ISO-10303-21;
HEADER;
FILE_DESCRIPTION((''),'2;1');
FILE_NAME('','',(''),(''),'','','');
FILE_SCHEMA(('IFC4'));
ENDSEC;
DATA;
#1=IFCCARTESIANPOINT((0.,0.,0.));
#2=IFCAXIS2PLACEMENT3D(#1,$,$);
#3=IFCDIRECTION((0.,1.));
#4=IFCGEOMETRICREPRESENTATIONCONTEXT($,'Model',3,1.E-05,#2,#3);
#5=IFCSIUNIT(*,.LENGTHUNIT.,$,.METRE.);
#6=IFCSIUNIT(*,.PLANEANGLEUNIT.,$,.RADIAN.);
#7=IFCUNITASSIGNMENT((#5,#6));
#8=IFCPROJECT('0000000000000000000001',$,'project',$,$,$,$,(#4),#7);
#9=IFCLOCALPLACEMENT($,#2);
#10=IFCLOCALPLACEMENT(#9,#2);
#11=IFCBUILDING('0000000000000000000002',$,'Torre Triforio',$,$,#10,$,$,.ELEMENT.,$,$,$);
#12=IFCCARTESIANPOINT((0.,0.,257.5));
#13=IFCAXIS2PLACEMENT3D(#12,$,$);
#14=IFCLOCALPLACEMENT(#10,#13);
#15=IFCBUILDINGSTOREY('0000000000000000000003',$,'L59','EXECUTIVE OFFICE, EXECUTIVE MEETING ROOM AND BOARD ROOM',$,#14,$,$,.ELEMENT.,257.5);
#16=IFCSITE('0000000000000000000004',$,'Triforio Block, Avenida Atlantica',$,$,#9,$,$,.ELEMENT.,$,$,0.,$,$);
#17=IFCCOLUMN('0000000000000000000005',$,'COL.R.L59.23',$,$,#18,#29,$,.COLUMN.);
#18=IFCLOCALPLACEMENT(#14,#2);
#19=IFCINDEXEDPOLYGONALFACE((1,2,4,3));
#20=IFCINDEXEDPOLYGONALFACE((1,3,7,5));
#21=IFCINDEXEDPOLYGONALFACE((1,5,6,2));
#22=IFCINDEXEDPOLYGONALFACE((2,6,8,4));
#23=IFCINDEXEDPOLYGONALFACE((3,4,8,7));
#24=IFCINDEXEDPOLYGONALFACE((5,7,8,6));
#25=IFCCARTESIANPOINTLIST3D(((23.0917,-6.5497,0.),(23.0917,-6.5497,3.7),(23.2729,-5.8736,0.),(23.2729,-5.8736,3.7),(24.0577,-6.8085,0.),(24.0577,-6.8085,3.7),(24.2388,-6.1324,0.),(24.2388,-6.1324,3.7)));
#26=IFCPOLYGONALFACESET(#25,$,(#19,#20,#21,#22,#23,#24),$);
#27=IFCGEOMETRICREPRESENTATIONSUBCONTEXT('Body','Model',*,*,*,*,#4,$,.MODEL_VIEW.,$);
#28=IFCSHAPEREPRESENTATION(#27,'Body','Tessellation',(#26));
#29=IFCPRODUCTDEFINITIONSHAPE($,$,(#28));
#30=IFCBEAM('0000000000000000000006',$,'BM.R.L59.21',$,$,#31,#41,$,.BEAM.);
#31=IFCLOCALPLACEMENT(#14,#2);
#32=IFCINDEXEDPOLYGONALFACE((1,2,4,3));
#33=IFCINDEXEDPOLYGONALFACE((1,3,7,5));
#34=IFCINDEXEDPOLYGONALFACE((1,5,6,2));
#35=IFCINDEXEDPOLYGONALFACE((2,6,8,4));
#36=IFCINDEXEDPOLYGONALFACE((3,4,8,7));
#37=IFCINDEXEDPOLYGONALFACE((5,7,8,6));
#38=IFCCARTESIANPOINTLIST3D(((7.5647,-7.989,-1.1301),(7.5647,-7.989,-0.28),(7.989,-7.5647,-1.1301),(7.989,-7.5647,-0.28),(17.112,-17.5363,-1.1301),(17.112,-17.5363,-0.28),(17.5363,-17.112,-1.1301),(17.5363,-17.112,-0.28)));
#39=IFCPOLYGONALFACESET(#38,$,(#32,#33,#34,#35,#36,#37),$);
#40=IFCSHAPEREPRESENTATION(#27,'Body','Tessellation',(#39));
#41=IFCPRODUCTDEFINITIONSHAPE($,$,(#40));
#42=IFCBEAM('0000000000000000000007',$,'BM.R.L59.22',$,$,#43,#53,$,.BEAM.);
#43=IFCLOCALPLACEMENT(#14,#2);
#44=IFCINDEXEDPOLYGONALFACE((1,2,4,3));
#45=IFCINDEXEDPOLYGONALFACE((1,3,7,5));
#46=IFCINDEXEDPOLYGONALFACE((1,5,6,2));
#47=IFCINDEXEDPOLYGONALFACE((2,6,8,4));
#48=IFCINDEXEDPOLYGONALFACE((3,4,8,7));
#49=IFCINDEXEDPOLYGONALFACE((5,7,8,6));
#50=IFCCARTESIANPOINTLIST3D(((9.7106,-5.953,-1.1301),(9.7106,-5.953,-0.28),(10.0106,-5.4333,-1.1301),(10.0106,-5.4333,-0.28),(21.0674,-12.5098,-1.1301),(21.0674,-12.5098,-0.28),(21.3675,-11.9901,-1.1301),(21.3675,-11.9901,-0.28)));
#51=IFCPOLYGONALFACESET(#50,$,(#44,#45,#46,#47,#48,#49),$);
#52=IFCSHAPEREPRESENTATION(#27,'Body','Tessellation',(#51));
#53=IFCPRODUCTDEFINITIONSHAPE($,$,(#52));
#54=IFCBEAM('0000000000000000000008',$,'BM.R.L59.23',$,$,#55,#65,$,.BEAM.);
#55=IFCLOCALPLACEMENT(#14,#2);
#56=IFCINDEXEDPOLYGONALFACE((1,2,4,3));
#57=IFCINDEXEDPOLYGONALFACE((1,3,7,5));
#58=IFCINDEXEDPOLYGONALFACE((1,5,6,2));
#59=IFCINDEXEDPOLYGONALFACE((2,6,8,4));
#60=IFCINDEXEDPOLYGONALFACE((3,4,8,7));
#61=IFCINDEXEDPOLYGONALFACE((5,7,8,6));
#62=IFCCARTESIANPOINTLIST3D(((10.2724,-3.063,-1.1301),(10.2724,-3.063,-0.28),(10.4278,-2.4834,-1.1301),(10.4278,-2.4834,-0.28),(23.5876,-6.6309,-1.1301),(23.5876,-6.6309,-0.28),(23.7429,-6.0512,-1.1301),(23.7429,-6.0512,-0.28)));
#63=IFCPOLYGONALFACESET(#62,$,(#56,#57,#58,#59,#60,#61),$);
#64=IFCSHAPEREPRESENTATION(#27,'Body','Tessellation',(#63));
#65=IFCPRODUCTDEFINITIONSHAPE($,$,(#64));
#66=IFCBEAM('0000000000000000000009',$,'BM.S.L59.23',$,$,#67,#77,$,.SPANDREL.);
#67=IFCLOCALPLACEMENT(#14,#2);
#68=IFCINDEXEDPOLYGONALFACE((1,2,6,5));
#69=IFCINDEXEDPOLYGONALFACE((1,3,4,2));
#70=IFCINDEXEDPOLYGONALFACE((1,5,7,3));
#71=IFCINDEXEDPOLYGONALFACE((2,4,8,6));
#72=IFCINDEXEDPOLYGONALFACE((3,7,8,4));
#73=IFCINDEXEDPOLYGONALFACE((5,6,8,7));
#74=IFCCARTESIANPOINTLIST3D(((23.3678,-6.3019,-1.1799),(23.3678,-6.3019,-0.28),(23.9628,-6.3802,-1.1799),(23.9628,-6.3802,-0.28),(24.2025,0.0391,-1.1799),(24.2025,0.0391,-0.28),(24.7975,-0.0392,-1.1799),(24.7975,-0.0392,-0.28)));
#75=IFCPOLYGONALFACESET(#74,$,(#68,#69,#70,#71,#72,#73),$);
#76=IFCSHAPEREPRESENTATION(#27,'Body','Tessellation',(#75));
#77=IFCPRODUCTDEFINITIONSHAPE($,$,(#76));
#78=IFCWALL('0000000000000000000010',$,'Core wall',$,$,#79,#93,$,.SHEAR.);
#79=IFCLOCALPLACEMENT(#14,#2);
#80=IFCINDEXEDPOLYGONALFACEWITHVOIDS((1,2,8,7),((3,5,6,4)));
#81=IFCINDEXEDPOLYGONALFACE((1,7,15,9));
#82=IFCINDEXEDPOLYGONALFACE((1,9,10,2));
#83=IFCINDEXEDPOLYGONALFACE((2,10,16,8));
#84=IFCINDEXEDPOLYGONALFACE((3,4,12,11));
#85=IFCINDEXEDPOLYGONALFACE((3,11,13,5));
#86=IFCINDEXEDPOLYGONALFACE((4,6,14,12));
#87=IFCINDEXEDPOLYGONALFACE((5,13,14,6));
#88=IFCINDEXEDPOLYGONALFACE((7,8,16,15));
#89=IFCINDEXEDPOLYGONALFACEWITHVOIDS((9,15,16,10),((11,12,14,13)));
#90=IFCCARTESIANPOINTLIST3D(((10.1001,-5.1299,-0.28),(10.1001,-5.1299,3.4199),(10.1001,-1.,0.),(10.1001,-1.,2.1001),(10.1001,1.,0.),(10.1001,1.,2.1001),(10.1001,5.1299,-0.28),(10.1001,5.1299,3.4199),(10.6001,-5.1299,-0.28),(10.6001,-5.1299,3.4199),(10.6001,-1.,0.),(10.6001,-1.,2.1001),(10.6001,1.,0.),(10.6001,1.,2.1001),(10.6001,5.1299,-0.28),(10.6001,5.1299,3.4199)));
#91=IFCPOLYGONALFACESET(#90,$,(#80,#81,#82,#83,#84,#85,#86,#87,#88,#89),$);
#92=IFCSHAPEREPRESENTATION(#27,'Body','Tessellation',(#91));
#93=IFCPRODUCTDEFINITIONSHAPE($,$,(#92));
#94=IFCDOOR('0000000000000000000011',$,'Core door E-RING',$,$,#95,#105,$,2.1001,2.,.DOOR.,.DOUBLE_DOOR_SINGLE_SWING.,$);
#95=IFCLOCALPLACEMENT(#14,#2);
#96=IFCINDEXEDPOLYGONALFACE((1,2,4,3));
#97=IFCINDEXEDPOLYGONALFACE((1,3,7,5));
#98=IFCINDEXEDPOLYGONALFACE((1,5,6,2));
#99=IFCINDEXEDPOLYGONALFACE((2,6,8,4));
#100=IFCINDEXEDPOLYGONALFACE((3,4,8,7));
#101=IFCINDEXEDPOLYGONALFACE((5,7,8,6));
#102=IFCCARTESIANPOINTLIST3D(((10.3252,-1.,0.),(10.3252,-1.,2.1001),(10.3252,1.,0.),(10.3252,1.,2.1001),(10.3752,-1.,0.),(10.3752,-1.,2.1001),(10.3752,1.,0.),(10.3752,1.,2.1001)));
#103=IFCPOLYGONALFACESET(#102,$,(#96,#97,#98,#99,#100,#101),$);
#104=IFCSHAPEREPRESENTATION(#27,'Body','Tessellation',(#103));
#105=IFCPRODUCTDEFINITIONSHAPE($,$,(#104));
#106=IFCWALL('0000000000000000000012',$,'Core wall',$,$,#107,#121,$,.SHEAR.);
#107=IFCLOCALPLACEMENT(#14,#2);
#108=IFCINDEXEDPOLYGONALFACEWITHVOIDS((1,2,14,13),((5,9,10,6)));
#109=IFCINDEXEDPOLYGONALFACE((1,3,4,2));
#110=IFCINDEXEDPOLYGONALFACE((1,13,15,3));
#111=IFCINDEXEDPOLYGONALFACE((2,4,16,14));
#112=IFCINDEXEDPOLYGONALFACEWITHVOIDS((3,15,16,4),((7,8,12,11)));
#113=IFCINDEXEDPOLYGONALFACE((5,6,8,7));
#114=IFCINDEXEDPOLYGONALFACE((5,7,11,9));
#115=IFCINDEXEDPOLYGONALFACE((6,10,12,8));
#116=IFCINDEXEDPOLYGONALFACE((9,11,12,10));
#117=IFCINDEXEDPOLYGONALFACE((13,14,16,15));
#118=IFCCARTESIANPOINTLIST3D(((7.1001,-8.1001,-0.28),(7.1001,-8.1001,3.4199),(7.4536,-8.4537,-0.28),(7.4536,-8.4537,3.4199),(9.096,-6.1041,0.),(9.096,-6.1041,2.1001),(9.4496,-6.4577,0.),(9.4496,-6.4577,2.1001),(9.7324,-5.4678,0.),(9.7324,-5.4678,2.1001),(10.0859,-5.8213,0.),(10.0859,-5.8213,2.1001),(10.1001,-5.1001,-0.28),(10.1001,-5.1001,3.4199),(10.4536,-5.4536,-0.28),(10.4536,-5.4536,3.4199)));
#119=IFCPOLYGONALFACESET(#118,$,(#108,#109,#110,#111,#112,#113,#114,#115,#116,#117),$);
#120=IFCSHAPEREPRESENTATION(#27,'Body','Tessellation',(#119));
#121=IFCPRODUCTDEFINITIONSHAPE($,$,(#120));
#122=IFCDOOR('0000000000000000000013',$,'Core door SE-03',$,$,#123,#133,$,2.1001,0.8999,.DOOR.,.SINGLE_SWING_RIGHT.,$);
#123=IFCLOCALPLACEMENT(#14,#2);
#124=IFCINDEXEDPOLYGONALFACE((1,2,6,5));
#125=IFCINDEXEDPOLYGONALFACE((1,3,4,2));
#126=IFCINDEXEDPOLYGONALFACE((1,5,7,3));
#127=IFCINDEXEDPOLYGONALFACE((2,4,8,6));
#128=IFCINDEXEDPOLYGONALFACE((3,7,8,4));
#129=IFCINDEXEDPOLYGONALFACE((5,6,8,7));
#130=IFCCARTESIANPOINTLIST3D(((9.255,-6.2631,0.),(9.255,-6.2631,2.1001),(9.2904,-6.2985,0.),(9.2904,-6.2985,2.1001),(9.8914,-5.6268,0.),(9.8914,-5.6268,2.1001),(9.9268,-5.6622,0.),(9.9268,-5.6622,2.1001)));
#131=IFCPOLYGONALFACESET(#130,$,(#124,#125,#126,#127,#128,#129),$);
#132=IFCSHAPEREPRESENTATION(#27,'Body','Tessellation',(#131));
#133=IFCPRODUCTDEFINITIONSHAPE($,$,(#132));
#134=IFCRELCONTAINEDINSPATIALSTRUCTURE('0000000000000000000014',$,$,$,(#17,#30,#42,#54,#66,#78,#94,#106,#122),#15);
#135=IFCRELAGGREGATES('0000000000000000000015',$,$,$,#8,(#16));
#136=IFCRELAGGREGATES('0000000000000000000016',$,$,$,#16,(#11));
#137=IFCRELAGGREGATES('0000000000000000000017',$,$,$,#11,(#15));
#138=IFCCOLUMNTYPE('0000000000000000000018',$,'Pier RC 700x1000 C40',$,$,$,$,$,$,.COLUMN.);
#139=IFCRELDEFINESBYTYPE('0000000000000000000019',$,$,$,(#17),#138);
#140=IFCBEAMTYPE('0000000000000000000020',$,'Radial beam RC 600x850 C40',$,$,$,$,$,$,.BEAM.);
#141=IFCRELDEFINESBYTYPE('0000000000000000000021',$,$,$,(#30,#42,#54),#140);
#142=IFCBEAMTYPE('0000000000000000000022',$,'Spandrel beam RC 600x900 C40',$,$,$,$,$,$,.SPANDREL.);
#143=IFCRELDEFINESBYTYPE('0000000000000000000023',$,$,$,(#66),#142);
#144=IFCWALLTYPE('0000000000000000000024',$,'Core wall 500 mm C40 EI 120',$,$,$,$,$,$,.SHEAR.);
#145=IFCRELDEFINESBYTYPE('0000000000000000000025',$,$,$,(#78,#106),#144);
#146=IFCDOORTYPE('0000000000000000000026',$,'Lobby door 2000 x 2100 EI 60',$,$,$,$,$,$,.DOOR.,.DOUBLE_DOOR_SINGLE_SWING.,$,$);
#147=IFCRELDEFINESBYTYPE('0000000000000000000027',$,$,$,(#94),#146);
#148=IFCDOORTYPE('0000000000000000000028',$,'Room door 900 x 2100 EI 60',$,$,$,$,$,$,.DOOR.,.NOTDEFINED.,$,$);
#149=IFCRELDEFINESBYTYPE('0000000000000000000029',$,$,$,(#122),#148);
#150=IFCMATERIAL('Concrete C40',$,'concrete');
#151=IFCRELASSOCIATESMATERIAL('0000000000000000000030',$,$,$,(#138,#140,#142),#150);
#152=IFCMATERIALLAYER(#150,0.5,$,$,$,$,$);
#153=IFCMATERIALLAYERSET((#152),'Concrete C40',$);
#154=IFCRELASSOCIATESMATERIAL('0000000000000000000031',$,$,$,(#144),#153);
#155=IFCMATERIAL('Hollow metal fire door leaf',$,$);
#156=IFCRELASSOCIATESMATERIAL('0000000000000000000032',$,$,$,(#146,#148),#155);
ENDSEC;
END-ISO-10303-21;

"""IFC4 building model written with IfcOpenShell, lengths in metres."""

from ifc_helpers import new_model, si_unit, direction, frame, frame_2d, origin, origin_2d, place, context, subcontext, project, spatial, rectangle, extrude, material, layer, layer_set, material_profile, profile_set, type_object, element, fill, save


model = new_model("IFC4")

# Units and contexts
model_context = context("Model", 3, precision=1e-05, world=origin(), true_north=direction((0.0, 1.0)))
body_context = subcontext(model_context, "Body", "Model", "MODEL_VIEW")
ifc_project = project(units=[si_unit("LENGTHUNIT", "METRE"), si_unit("PLANEANGLEUNIT", "RADIAN")], contexts=[model_context])

# Site, building, storey
site_placement = place(None, origin())
site = spatial("IfcSite", under=ifc_project, at=site_placement, Name="Triforio Block, Avenida Atlantica", CompositionType="ELEMENT", RefElevation=0.0)
building_placement = place(site_placement, origin())
building = spatial("IfcBuilding", under=site, at=building_placement, Name="Torre Triforio", CompositionType="ELEMENT")
storey_placement = place(building_placement, frame((0.0, 0.0, 257.5)))
storey = spatial("IfcBuildingStorey", under=building, at=storey_placement, Name="L59", Description="EXECUTIVE OFFICE, EXECUTIVE MEETING ROOM AND BOARD ROOM", CompositionType="ELEMENT", Elevation=257.5)

# Column
ifc_material_1 = material(Name="Concrete C40", Category="concrete")
ifc_material_profile_1 = material_profile(ifc_material_1, rectangle(XDim=0.7, YDim=1.0, at=origin_2d()), Name="RC 700x1000")
ifc_profile_set_1 = profile_set([ifc_material_profile_1], Name="Concrete C40")
column_type = type_object("IfcColumnType", Name="Pier RC 700x1000 C40", PredefinedType="COLUMN", material=ifc_profile_set_1)
column_placement = place(storey_placement, frame((23.6653, -6.3411, 0.0), z_axis=(0.0, 0.0, 1.0), x_axis=(0.258819, 0.965926, 0.0)))
element("IfcColumn", 1, at=column_placement, inside=storey, type_object=column_type, Name="COL.R.L59.23", PredefinedType="COLUMN", context=body_context, shape_type="SweptSolid", body=[
    extrude(rectangle(XDim=0.7, YDim=1.0, at=origin_2d()), origin(), (0.0, 0.0, 1.0), 3.7),
])

# Beams
ifc_material_profile_2 = material_profile(ifc_material_1, rectangle(XDim=0.6001, YDim=0.8501, at=origin_2d()), Name="RC 600x850")
ifc_profile_set_2 = profile_set([ifc_material_profile_2], Name="Concrete C40")
beam_type_1 = type_object("IfcBeamType", Name="Radial beam RC 600x850 C40", PredefinedType="BEAM", material=ifc_profile_set_2)
beam_1_placement = place(storey_placement, frame((7.7769, -7.7769, -0.7051), z_axis=(0.707107, -0.707107, 0.0), x_axis=(0.707107, 0.707107, 0.0)))
element("IfcBeam", 2, at=beam_1_placement, inside=storey, type_object=beam_type_1, Name="BM.R.L59.21", PredefinedType="BEAM", context=body_context, shape_type="SweptSolid", body=[
    extrude(rectangle(XDim=0.6001, YDim=0.8501, at=origin_2d()), origin(), (0.0, 0.0, 1.0), 13.502),
])
beam_2_placement = place(storey_placement, frame((9.8606, -5.6931, -0.7051), z_axis=(0.866027, -0.499997, 0.0), x_axis=(0.499997, 0.866027, 0.0)))
element("IfcBeam", 3, at=beam_2_placement, inside=storey, type_object=beam_type_1, Name="BM.R.L59.22", PredefinedType="BEAM", context=body_context, shape_type="SweptSolid", body=[
    extrude(rectangle(XDim=0.6001, YDim=0.8501, at=origin_2d()), origin(), (0.0, 0.0, 1.0), 13.1138),
])
beam_3_placement = place(storey_placement, frame((10.3501, -2.7732, -0.7051), z_axis=(0.965924, -0.258824, 0.0), x_axis=(0.258824, 0.965924, 0.0)))
element("IfcBeam", 4, at=beam_3_placement, inside=storey, type_object=beam_type_1, Name="BM.R.L59.23", PredefinedType="BEAM", context=body_context, shape_type="SweptSolid", body=[
    extrude(rectangle(XDim=0.6001, YDim=0.8501, at=origin_2d()), origin(), (0.0, 0.0, 1.0), 13.7849),
])
ifc_material_profile_3 = material_profile(ifc_material_1, rectangle(XDim=0.6001, YDim=0.8999, at=origin_2d()), Name="RC 600x900")
ifc_profile_set_3 = profile_set([ifc_material_profile_3], Name="Concrete C40")
beam_type_2 = type_object("IfcBeamType", Name="Spandrel beam RC 600x900 C40", PredefinedType="SPANDREL", material=ifc_profile_set_3)
beam_4_placement = place(storey_placement, frame((23.6653, -6.3411, -0.73), z_axis=(0.130511, 0.991447, 0.0), x_axis=(-0.991447, 0.130511, 0.0)))
element("IfcBeam", 5, at=beam_4_placement, inside=storey, type_object=beam_type_2, Name="BM.S.L59.23", PredefinedType="SPANDREL", context=body_context, shape_type="SweptSolid", body=[
    extrude(rectangle(XDim=0.6001, YDim=0.8999, at=origin_2d()), origin(), (0.0, 0.0, 1.0), 6.3958),
])

# Walls, openings, doors
ifc_layer_1 = layer(ifc_material_1, 0.5)
ifc_layer_set_1 = layer_set([ifc_layer_1], Name="Concrete C40")
wall_type_1 = type_object("IfcWallType", Name="Core wall 500 mm C40 EI 120", PredefinedType="SHEAR", material=ifc_layer_set_1)
wall_1_placement = place(storey_placement, frame((10.3501, -5.1299, -0.28), z_axis=(0.0, 0.0, 1.0), x_axis=(0.0, 1.0, 0.0)))
wall_1 = element("IfcWall", 6, at=wall_1_placement, inside=storey, type_object=wall_type_1, Name="Core wall", PredefinedType="SHEAR", context=body_context, shape_type="SweptSolid", body=[
    extrude(rectangle(XDim=10.2598, YDim=0.5, at=frame_2d((5.1299, 0.0))), origin(), (0.0, 0.0, 1.0), 3.7),
])
opening_1_placement = place(wall_1_placement, frame((4.1299, 0.0, 0.28)))
opening_1 = element("IfcOpeningElement", 7, at=opening_1_placement, cuts=wall_1, PredefinedType="OPENING", context=body_context, shape_type="SweptSolid", body=[
    extrude(rectangle(XDim=2.0, YDim=2.1001, at=frame_2d((1.0, 1.05))), frame((0.0, 0.26, 0.0), z_axis=(0.0, -1.0, 0.0), x_axis=(1.0, 0.0, 0.0)), (0.0, 0.0, 1.0), 0.52),
])
ifc_material_2 = material(Name="Hollow metal fire door leaf")
door_type_1 = type_object("IfcDoorType", Name="Lobby door 2000 x 2100 EI 60", OperationType="DOUBLE_DOOR_SINGLE_SWING", PredefinedType="DOOR", material=ifc_material_2)
door_1_placement = place(opening_1_placement, origin())
door_1 = element("IfcDoor", 8, at=door_1_placement, inside=storey, type_object=door_type_1, Name="Core door E-RING", OperationType="DOUBLE_DOOR_SINGLE_SWING", OverallHeight=2.1001, OverallWidth=2.0, PredefinedType="DOOR", context=body_context, shape_type="SweptSolid", body=[
    extrude(rectangle(XDim=2.0, YDim=2.1001, at=frame_2d((1.0, 1.05))), frame((0.0, 0.0249, 0.0), z_axis=(0.0, -1.0, 0.0), x_axis=(1.0, 0.0, 0.0)), (0.0, 0.0, 1.0), 0.05),
])
fill(opening_1, door_1)
wall_2_placement = place(storey_placement, frame((10.2769, -5.2769, -0.28), z_axis=(0.0, 0.0, 1.0), x_axis=(-0.707107, -0.707107, 0.0)))
wall_2 = element("IfcWall", 9, at=wall_2_placement, inside=storey, type_object=wall_type_1, Name="Core wall", PredefinedType="SHEAR", context=body_context, shape_type="SweptSolid", body=[
    extrude(rectangle(XDim=4.2427, YDim=0.5, at=frame_2d((2.1213, 0.0))), origin(), (0.0, 0.0, 1.0), 3.7),
])
opening_2_placement = place(wall_2_placement, frame((0.52, 0.0, 0.28)))
opening_2 = element("IfcOpeningElement", 10, at=opening_2_placement, cuts=wall_2, PredefinedType="OPENING", context=body_context, shape_type="SweptSolid", body=[
    extrude(rectangle(XDim=0.8999, YDim=2.1001, at=frame_2d((0.45, 1.05))), frame((0.0, 0.26, 0.0), z_axis=(0.0, -1.0, 0.0), x_axis=(1.0, 0.0, 0.0)), (0.0, 0.0, 1.0), 0.52),
])
door_type_2 = type_object("IfcDoorType", Name="Room door 900 x 2100 EI 60", OperationType="NOTDEFINED", PredefinedType="DOOR", material=ifc_material_2)
door_2_placement = place(opening_2_placement, origin())
door_2 = element("IfcDoor", 11, at=door_2_placement, inside=storey, type_object=door_type_2, Name="Core door SE-03", OperationType="SINGLE_SWING_RIGHT", OverallHeight=2.1001, OverallWidth=0.8999, PredefinedType="DOOR", context=body_context, shape_type="SweptSolid", body=[
    extrude(rectangle(XDim=0.8999, YDim=2.1001, at=frame_2d((0.45, 1.05))), frame((0.0, 0.0249, 0.0), z_axis=(0.0, -1.0, 0.0), x_axis=(1.0, 0.0, 0.0)), (0.0, 0.0, 1.0), 0.05),
])
fill(opening_2, door_2)

save(model, "model.ifc")
